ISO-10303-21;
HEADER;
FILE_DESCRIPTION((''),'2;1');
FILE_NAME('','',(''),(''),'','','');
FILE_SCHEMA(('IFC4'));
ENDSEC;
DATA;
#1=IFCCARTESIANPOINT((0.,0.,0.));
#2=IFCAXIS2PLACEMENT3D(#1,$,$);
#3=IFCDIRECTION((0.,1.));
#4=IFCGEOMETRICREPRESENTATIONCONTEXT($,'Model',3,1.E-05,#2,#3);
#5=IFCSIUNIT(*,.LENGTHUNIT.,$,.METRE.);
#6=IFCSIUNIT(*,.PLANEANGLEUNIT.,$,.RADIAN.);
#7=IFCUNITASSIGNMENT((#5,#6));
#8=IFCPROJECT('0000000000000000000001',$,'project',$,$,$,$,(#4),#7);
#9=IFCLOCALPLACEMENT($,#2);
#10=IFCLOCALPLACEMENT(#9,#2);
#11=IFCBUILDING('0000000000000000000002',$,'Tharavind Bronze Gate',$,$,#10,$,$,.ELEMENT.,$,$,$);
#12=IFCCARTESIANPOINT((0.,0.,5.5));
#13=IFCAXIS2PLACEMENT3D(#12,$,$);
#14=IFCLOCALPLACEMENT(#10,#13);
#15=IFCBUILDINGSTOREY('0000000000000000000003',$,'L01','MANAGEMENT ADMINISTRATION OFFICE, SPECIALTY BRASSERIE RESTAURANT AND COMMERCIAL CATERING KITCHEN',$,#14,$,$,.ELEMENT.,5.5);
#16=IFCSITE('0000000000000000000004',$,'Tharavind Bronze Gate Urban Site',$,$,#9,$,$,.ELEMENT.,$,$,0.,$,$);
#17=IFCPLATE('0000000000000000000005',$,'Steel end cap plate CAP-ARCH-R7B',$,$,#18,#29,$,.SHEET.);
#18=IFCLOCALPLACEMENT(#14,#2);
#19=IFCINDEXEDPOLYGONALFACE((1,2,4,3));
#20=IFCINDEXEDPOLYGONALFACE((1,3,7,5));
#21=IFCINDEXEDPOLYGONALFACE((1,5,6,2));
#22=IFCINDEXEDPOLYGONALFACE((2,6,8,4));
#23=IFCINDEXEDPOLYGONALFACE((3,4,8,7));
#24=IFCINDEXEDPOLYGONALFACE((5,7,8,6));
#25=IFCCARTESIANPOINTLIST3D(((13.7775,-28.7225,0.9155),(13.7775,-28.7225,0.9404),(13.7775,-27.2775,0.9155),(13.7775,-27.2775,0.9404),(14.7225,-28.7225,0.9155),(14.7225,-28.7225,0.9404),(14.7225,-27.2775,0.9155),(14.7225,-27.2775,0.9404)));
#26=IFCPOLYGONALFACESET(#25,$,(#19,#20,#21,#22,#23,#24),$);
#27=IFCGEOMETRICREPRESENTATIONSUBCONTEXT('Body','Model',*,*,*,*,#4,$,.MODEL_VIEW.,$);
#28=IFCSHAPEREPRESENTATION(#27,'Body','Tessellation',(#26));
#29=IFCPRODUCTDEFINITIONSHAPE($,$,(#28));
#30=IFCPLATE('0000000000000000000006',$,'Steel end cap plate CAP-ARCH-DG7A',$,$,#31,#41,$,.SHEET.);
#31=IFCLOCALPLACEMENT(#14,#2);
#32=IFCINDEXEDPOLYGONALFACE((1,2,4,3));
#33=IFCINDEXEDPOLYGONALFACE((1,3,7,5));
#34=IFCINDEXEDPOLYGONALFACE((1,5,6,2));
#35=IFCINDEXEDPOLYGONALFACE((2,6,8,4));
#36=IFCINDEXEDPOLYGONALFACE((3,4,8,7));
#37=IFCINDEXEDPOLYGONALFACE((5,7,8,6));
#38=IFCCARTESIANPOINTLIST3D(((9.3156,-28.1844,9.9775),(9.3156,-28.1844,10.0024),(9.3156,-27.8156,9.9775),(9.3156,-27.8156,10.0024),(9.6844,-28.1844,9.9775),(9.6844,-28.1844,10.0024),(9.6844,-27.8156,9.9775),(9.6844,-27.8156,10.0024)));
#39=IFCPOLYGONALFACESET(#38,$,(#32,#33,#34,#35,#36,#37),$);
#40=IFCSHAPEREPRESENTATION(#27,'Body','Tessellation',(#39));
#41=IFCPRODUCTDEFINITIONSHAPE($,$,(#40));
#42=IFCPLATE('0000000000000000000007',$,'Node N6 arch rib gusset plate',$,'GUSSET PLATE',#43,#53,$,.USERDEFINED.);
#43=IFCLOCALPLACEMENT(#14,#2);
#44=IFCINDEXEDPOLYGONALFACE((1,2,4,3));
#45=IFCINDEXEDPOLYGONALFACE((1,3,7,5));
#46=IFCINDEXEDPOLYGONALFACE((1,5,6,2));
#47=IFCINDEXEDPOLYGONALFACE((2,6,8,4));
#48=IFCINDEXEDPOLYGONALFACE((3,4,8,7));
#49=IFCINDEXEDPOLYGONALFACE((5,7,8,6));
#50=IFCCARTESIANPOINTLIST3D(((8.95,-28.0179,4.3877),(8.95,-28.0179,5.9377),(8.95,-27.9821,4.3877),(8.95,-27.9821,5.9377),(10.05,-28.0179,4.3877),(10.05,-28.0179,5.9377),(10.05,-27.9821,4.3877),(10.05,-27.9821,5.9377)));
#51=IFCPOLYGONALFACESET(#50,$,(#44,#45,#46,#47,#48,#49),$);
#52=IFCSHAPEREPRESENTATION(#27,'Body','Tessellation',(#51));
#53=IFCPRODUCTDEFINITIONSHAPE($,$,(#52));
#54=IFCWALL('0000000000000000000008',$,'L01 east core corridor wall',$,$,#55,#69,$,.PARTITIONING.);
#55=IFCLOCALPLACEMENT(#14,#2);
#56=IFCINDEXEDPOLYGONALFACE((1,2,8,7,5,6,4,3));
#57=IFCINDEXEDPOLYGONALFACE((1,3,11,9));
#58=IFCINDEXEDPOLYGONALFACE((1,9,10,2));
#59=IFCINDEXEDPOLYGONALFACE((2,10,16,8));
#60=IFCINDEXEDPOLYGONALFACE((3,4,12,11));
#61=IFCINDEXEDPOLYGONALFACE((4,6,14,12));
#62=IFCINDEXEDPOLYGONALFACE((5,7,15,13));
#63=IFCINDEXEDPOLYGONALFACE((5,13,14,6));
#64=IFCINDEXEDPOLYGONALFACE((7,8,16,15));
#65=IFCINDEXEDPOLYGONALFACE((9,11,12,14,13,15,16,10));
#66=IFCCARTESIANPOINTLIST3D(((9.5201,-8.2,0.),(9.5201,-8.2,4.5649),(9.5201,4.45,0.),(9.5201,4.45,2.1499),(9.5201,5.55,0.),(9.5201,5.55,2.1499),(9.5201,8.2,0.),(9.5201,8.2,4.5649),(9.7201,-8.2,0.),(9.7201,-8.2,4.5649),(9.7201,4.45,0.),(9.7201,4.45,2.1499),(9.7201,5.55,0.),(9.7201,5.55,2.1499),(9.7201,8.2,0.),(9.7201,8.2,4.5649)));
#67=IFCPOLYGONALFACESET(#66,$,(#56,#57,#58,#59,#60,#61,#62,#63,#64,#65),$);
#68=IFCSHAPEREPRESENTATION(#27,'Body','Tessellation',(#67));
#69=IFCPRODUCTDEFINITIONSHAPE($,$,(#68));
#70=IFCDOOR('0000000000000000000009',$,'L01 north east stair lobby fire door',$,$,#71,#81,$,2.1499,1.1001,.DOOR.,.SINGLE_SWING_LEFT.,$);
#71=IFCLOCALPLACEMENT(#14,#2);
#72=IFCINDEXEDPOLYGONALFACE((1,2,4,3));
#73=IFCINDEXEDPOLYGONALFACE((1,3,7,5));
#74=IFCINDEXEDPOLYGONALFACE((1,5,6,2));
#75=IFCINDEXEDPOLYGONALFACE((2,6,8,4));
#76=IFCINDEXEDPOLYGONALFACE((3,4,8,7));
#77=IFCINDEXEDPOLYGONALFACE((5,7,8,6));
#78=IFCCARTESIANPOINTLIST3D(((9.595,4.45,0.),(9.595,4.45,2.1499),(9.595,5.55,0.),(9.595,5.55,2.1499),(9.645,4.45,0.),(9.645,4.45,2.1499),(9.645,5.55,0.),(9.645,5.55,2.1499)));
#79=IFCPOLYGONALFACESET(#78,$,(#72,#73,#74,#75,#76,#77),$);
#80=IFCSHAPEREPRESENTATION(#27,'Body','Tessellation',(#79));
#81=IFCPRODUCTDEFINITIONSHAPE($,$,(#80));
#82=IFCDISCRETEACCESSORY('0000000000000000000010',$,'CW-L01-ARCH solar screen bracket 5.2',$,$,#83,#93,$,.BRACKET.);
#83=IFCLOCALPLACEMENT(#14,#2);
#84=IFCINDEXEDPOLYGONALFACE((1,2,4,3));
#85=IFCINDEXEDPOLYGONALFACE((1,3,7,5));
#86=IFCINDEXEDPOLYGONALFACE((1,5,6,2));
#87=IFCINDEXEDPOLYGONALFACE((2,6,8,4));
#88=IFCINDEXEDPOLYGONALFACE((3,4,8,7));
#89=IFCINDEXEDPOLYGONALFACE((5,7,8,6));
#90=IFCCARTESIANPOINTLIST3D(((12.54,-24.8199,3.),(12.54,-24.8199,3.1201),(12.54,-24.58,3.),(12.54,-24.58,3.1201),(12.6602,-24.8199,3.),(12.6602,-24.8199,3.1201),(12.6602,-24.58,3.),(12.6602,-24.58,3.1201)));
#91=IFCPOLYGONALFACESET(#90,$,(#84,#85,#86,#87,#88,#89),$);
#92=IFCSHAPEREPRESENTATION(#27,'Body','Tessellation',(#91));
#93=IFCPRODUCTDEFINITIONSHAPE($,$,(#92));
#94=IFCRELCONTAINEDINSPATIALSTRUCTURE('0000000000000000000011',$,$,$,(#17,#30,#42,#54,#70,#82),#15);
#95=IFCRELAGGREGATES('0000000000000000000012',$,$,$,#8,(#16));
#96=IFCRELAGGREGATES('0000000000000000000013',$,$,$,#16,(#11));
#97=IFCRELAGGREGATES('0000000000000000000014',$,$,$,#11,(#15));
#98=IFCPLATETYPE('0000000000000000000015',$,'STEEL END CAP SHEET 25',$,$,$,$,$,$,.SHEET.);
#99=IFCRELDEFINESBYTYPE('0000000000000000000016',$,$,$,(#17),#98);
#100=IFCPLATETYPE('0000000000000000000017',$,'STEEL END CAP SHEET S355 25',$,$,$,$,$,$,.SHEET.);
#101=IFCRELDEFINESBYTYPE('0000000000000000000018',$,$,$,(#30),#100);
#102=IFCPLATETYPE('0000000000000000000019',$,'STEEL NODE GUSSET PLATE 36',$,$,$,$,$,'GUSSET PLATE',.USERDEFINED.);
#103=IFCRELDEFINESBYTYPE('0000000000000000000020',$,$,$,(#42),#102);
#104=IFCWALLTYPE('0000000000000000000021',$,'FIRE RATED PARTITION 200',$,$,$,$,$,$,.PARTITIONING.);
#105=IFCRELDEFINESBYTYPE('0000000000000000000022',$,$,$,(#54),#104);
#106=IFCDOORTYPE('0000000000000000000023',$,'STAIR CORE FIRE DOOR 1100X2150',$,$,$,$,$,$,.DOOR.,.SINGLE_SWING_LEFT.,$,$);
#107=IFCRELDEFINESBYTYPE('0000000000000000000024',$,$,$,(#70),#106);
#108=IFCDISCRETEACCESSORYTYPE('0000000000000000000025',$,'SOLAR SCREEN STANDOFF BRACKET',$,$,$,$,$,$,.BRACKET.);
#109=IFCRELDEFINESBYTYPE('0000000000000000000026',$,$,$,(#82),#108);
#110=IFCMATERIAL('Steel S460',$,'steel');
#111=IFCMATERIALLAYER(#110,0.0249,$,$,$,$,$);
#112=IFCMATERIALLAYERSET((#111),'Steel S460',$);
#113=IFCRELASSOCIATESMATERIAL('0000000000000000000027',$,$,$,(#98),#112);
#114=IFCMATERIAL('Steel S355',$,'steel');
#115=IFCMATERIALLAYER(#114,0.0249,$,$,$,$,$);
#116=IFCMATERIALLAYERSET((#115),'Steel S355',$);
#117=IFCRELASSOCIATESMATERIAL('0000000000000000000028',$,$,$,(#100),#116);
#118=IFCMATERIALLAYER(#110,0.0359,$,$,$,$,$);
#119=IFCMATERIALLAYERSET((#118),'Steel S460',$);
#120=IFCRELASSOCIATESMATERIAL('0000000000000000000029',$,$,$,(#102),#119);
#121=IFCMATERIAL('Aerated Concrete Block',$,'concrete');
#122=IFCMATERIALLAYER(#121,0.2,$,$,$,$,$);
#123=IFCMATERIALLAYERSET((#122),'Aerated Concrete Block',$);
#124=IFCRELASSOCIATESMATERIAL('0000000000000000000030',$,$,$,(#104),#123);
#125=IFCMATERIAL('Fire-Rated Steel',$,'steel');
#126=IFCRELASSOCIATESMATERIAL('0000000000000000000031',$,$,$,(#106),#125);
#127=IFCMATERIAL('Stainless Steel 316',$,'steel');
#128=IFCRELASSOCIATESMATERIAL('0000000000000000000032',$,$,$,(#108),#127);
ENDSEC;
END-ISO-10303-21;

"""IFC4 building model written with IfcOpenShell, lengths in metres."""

from ifc_helpers import new_model, si_unit, direction, frame, frame_2d, origin, origin_2d, place, context, subcontext, project, spatial, rectangle, extrude, material, layer, layer_set, type_object, element, fill, save


model = new_model("IFC4")

# Units and contexts
model_context = context("Model", 3, precision=1e-05, world=origin(), true_north=direction((0.0, 1.0)))
body_context = subcontext(model_context, "Body", "Model", "MODEL_VIEW")
ifc_project = project(units=[si_unit("LENGTHUNIT", "METRE"), si_unit("PLANEANGLEUNIT", "RADIAN")], contexts=[model_context])

# Site, building, storey
site_placement = place(None, origin())
site = spatial("IfcSite", under=ifc_project, at=site_placement, Name="Tharavind Bronze Gate Urban Site", CompositionType="ELEMENT", RefElevation=0.0)
building_placement = place(site_placement, origin())
building = spatial("IfcBuilding", under=site, at=building_placement, Name="Tharavind Bronze Gate", CompositionType="ELEMENT")
storey_placement = place(building_placement, frame((0.0, 0.0, 5.5)))
storey = spatial("IfcBuildingStorey", under=building, at=storey_placement, Name="L01", Description="MANAGEMENT ADMINISTRATION OFFICE, SPECIALTY BRASSERIE RESTAURANT AND COMMERCIAL CATERING KITCHEN", CompositionType="ELEMENT", Elevation=5.5)

# Shared definitions
ifc_material_1 = material(Name="Steel S460", Category="steel")

# Shared definitions
ifc_material_2 = material(Name="Steel S355", Category="steel")

# Plates
ifc_layer_1 = layer(ifc_material_1, 0.0249)
ifc_layer_set_1 = layer_set([ifc_layer_1], Name="Steel S460")
plate_type_1 = type_object("IfcPlateType", Name="STEEL END CAP SHEET 25", PredefinedType="SHEET", material=ifc_layer_set_1)
plate_1_placement = place(storey_placement, frame((14.25, -28.0, 0.9155), z_axis=(0.0, 0.0, 1.0), x_axis=(1.0, 0.0, 0.0)))
element("IfcPlate", 1, at=plate_1_placement, inside=storey, type_object=plate_type_1, Name="Steel end cap plate CAP-ARCH-R7B", PredefinedType="SHEET", context=body_context, shape_type="SweptSolid", body=[
    extrude(rectangle(XDim=0.9451, YDim=1.4451, at=origin_2d()), origin(), (0.0, 0.0, 1.0), 0.0249),
])
ifc_layer_2 = layer(ifc_material_2, 0.0249)
ifc_layer_set_2 = layer_set([ifc_layer_2], Name="Steel S355")
plate_type_2 = type_object("IfcPlateType", Name="STEEL END CAP SHEET S355 25", PredefinedType="SHEET", material=ifc_layer_set_2)
plate_2_placement = place(storey_placement, frame((9.5, -28.0, 9.9775), z_axis=(0.0, 0.0, 1.0), x_axis=(1.0, 0.0, 0.0)))
element("IfcPlate", 2, at=plate_2_placement, inside=storey, type_object=plate_type_2, Name="Steel end cap plate CAP-ARCH-DG7A", PredefinedType="SHEET", context=body_context, shape_type="SweptSolid", body=[
    extrude(rectangle(XDim=0.3689, YDim=0.3689, at=origin_2d()), origin(), (0.0, 0.0, 1.0), 0.0249),
])
ifc_layer_3 = layer(ifc_material_1, 0.0359)
ifc_layer_set_3 = layer_set([ifc_layer_3], Name="Steel S460")
plate_type_3 = type_object("IfcPlateType", Name="STEEL NODE GUSSET PLATE 36", ElementType="GUSSET PLATE", PredefinedType="USERDEFINED", material=ifc_layer_set_3)
plate_3_placement = place(storey_placement, frame((9.5, -28.0, 4.3877), z_axis=(0.0, 0.0, 1.0), x_axis=(1.0, 0.0, 0.0)))
element("IfcPlate", 3, at=plate_3_placement, inside=storey, type_object=plate_type_3, Name="Node N6 arch rib gusset plate", ObjectType="GUSSET PLATE", PredefinedType="USERDEFINED", context=body_context, shape_type="SweptSolid", body=[
    extrude(rectangle(XDim=1.1001, YDim=0.0359, at=origin_2d()), origin(), (0.0, 0.0, 1.0), 1.55),
])

# Wall, opening, door
ifc_material_3 = material(Name="Aerated Concrete Block", Category="concrete")
ifc_layer_4 = layer(ifc_material_3, 0.2)
ifc_layer_set_4 = layer_set([ifc_layer_4], Name="Aerated Concrete Block")
wall_type = type_object("IfcWallType", Name="FIRE RATED PARTITION 200", PredefinedType="PARTITIONING", material=ifc_layer_set_4)
wall_placement = place(storey_placement, frame((9.6201, -8.2, 0.0), z_axis=(0.0, 0.0, 1.0), x_axis=(0.0, 1.0, 0.0)))
wall = element("IfcWall", 4, at=wall_placement, inside=storey, type_object=wall_type, Name="L01 east core corridor wall", PredefinedType="PARTITIONING", context=body_context, shape_type="SweptSolid", body=[
    extrude(rectangle(XDim=16.3999, YDim=0.2, at=frame_2d((8.2, 0.0))), origin(), (0.0, 0.0, 1.0), 4.5649),
])
opening_placement = place(wall_placement, frame((12.6499, 0.0, 0.0)))
opening = element("IfcOpeningElement", 5, at=opening_placement, cuts=wall, PredefinedType="OPENING", context=body_context, shape_type="SweptSolid", body=[
    extrude(rectangle(XDim=1.1001, YDim=2.1499, at=frame_2d((0.55, 1.075))), frame((0.0, 0.1101, 0.0), z_axis=(0.0, -1.0, 0.0), x_axis=(1.0, 0.0, 0.0)), (0.0, 0.0, 1.0), 0.22),
])
ifc_material_4 = material(Name="Fire-Rated Steel", Category="steel")
door_type = type_object("IfcDoorType", Name="STAIR CORE FIRE DOOR 1100X2150", OperationType="SINGLE_SWING_LEFT", PredefinedType="DOOR", material=ifc_material_4)
door_placement = place(opening_placement, frame((1.1001, 0.0, 0.0), z_axis=(0.0, 0.0, 1.0), x_axis=(-1.0, 0.0, 0.0)))
door = element("IfcDoor", 6, at=door_placement, inside=storey, type_object=door_type, Name="L01 north east stair lobby fire door", OperationType="SINGLE_SWING_LEFT", OverallHeight=2.1499, OverallWidth=1.1001, PredefinedType="DOOR", context=body_context, shape_type="SweptSolid", body=[
    extrude(rectangle(XDim=1.1001, YDim=2.1499, at=frame_2d((0.55, 1.075))), frame((0.0, 0.0249, 0.0), z_axis=(0.0, -1.0, 0.0), x_axis=(1.0, 0.0, 0.0)), (0.0, 0.0, 1.0), 0.05),
])
fill(opening, door)

# Discrete accessory
ifc_material_5 = material(Name="Stainless Steel 316", Category="steel")
discrete_accessory_type = type_object("IfcDiscreteAccessoryType", Name="SOLAR SCREEN STANDOFF BRACKET", PredefinedType="BRACKET", material=ifc_material_5)
discrete_accessory_placement = place(storey_placement, frame((12.6001, -24.7, 3.0), z_axis=(0.0, 0.0, 1.0), x_axis=(1.0, 0.0, 0.0)))
element("IfcDiscreteAccessory", 7, at=discrete_accessory_placement, inside=storey, type_object=discrete_accessory_type, Name="CW-L01-ARCH solar screen bracket 5.2", PredefinedType="BRACKET", context=body_context, shape_type="SweptSolid", body=[
    extrude(rectangle(XDim=0.1201, YDim=0.24, at=origin_2d()), origin(), (0.0, 0.0, 1.0), 0.1201),
])

save(model, "model.ifc")
